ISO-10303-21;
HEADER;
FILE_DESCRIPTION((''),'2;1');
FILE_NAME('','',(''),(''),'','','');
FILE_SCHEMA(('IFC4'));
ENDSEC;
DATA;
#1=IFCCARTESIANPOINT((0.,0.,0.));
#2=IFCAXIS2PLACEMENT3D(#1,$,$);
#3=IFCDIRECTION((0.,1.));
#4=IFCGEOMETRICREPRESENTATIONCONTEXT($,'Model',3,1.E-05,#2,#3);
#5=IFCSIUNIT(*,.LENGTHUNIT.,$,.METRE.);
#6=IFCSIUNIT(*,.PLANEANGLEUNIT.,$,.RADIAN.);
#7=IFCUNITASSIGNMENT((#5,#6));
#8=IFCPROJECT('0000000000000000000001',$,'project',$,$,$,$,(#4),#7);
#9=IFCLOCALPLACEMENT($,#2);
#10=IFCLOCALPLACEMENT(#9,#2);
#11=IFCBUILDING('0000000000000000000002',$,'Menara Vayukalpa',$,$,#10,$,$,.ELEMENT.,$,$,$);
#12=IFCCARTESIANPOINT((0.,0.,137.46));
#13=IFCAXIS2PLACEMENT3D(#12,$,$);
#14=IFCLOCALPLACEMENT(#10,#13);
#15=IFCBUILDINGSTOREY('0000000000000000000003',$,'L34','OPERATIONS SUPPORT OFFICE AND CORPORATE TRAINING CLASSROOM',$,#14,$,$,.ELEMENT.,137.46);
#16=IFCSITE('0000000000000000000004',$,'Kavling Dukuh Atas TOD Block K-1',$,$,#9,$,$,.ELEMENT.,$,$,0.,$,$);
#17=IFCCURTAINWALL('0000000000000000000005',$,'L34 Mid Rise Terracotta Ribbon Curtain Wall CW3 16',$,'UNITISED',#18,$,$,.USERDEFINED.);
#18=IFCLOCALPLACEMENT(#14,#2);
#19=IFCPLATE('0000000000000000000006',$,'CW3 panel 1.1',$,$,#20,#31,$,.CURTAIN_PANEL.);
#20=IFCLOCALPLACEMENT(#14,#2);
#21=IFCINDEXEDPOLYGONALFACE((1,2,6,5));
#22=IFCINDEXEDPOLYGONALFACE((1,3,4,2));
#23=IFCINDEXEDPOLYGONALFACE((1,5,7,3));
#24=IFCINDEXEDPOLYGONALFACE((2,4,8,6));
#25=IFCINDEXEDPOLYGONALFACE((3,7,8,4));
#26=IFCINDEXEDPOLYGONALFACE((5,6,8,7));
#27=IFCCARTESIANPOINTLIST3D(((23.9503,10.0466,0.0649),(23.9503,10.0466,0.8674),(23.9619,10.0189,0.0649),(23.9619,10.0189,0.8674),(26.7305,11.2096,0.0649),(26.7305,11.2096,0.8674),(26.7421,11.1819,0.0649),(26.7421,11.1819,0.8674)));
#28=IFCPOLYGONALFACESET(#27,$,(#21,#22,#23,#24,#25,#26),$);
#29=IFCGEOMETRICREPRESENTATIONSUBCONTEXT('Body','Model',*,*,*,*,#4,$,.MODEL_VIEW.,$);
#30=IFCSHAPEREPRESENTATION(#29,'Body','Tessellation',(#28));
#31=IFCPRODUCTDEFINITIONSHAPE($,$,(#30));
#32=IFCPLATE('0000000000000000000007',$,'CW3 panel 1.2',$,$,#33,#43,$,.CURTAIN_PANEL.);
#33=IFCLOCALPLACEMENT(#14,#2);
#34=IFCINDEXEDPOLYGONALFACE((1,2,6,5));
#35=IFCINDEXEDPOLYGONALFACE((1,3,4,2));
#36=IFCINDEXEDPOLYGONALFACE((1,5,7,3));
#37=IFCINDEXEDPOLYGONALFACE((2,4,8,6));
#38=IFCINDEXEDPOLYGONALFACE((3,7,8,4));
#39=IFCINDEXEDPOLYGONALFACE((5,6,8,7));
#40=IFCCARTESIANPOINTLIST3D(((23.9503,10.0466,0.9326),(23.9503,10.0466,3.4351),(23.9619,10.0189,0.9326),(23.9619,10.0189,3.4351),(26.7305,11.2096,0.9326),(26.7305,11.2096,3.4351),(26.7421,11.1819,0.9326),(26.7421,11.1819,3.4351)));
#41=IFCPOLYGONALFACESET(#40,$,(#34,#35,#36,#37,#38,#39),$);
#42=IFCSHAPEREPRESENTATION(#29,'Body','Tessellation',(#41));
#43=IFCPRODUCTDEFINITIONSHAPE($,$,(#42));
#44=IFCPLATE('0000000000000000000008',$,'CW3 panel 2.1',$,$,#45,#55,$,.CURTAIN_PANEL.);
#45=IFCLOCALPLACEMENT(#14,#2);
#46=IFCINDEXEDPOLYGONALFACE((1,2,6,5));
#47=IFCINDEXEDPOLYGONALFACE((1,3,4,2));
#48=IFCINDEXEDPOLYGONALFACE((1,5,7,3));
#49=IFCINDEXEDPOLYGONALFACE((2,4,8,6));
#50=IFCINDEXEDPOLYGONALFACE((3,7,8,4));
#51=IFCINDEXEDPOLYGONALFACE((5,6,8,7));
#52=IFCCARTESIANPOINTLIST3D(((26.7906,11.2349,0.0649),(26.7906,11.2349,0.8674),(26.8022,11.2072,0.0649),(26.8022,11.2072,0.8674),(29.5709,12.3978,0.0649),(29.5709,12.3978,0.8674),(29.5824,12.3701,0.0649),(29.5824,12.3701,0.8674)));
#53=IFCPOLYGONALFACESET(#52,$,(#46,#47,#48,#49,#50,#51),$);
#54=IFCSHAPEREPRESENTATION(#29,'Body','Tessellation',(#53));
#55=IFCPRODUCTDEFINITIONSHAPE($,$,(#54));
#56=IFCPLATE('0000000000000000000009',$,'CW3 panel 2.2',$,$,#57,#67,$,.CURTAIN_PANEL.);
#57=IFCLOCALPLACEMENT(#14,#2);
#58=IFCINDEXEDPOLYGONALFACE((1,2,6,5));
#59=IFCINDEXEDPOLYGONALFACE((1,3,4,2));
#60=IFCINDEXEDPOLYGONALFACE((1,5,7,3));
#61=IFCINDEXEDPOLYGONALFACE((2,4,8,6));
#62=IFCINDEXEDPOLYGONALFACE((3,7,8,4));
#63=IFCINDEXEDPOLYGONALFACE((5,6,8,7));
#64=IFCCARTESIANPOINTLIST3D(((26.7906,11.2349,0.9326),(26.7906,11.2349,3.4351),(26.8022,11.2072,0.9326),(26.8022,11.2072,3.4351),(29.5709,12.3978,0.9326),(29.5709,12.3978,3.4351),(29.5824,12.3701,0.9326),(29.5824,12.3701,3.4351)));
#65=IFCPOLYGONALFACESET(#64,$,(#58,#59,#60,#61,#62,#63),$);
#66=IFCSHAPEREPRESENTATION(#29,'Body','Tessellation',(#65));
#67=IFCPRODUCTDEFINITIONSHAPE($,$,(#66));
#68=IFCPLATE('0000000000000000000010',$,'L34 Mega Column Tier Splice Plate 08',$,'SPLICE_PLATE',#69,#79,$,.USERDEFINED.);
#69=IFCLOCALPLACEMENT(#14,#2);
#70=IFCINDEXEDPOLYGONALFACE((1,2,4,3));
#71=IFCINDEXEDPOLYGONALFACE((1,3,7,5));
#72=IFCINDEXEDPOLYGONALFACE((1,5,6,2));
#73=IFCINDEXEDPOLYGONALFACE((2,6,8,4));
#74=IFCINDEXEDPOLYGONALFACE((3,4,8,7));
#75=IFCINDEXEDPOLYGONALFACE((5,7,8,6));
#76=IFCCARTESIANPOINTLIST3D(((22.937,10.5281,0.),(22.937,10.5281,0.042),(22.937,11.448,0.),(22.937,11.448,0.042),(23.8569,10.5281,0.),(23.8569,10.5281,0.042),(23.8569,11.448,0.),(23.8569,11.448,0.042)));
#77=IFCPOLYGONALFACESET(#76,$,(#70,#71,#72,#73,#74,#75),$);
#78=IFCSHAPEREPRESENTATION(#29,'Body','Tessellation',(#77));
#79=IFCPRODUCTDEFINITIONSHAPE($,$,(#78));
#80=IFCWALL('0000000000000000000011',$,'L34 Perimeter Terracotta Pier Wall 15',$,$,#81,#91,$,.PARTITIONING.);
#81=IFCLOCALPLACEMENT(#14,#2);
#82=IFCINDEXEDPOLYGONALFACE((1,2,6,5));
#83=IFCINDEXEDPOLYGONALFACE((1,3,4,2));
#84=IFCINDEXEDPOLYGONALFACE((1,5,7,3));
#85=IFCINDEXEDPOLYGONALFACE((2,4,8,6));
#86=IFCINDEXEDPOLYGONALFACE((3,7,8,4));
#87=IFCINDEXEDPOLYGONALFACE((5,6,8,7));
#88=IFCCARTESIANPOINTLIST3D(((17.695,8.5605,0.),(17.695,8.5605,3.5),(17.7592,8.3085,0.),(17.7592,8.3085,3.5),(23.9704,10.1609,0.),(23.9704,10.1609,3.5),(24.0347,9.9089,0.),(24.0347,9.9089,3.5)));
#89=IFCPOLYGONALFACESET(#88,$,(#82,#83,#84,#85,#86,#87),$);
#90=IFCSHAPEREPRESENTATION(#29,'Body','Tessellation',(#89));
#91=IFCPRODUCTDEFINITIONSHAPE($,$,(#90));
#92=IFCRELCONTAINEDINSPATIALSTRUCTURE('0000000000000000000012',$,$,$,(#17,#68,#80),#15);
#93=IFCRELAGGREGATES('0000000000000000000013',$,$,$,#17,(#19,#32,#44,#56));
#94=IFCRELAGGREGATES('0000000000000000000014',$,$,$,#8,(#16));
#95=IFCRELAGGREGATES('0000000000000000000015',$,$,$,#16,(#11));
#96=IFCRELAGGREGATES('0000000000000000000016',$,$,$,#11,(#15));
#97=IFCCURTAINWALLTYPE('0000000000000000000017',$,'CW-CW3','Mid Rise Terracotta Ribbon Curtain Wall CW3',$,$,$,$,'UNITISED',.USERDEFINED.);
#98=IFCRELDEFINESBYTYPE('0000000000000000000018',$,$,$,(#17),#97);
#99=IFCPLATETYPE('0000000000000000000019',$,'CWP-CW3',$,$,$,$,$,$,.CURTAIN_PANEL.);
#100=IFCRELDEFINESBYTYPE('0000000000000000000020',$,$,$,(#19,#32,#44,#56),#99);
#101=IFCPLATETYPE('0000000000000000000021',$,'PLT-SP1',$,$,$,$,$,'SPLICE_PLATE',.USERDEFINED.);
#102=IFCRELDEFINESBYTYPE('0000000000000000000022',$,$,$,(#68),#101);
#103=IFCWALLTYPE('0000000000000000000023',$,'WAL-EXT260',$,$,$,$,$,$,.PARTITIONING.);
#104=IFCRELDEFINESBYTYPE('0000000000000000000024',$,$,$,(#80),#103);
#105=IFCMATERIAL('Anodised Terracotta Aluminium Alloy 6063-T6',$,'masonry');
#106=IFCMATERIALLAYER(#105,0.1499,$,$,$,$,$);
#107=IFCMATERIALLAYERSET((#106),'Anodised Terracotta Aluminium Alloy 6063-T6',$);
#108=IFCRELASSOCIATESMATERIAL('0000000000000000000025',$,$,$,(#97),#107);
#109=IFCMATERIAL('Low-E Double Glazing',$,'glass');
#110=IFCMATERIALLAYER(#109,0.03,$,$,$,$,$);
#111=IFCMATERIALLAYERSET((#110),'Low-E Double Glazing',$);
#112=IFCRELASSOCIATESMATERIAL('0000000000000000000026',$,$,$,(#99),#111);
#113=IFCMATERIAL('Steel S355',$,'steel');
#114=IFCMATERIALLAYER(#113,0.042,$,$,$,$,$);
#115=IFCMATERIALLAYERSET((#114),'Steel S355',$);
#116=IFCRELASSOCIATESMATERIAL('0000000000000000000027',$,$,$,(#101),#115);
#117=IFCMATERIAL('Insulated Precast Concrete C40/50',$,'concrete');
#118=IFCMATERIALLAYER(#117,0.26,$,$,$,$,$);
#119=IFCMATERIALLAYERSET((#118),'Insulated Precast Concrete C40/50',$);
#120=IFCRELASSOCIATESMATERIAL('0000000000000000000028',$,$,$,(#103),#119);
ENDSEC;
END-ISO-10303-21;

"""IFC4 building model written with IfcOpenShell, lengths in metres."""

from ifc_helpers import new_model, si_unit, direction, frame, frame_2d, origin, origin_2d, place, context, subcontext, project, spatial, rectangle, extrude, material, layer, layer_set, type_object, element, aggregate, save


model = new_model("IFC4")

# Units and contexts
model_context = context("Model", 3, precision=1e-05, world=origin(), true_north=direction((0.0, 1.0)))
body_context = subcontext(model_context, "Body", "Model", "MODEL_VIEW")
ifc_project = project(units=[si_unit("LENGTHUNIT", "METRE"), si_unit("PLANEANGLEUNIT", "RADIAN")], contexts=[model_context])

# Site, building, storey
site_placement = place(None, origin())
site = spatial("IfcSite", under=ifc_project, at=site_placement, Name="Kavling Dukuh Atas TOD Block K-1", CompositionType="ELEMENT", RefElevation=0.0)
building_placement = place(site_placement, origin())
building = spatial("IfcBuilding", under=site, at=building_placement, Name="Menara Vayukalpa", CompositionType="ELEMENT")
storey_placement = place(building_placement, frame((0.0, 0.0, 137.46)))
storey = spatial("IfcBuildingStorey", under=building, at=storey_placement, Name="L34", Description="OPERATIONS SUPPORT OFFICE AND CORPORATE TRAINING CLASSROOM", CompositionType="ELEMENT", Elevation=137.46)

# Curtain wall, plates
ifc_material_1 = material(Name="Anodised Terracotta Aluminium Alloy 6063-T6", Category="masonry")
ifc_layer_1 = layer(ifc_material_1, 0.1499)
ifc_layer_set_1 = layer_set([ifc_layer_1], Name="Anodised Terracotta Aluminium Alloy 6063-T6")
curtain_wall_type = type_object("IfcCurtainWallType", Name="CW-CW3", Description="Mid Rise Terracotta Ribbon Curtain Wall CW3", ElementType="UNITISED", PredefinedType="USERDEFINED", material=ifc_layer_set_1)
curtain_wall_placement = place(storey_placement, origin())
curtain_wall = element("IfcCurtainWall", 1, at=curtain_wall_placement, inside=storey, type_object=curtain_wall_type, Name="L34 Mid Rise Terracotta Ribbon Curtain Wall CW3 16", ObjectType="UNITISED", PredefinedType="USERDEFINED")
ifc_material_2 = material(Name="Low-E Double Glazing", Category="glass")
ifc_layer_2 = layer(ifc_material_2, 0.03)
ifc_layer_set_2 = layer_set([ifc_layer_2], Name="Low-E Double Glazing")
plate_type_1 = type_object("IfcPlateType", Name="CWP-CW3", PredefinedType="CURTAIN_PANEL", material=ifc_layer_set_2)
plate_1_placement = place(storey_placement, frame((25.3462, 10.6143, 0.0649), z_axis=(0.0, 0.0, 1.0), x_axis=(0.922546, 0.385886, 0.0)))
plate_1 = element("IfcPlate", 2, at=plate_1_placement, type_object=plate_type_1, Name="CW3 panel 1.1", PredefinedType="CURTAIN_PANEL", context=body_context, shape_type="SweptSolid", body=[
    extrude(rectangle(XDim=3.0137, YDim=0.03, at=origin_2d()), origin(), (0.0, 0.0, 1.0), 0.8025),
])
plate_2_placement = place(storey_placement, frame((25.3462, 10.6143, 0.9326), z_axis=(0.0, 0.0, 1.0), x_axis=(0.922546, 0.385886, 0.0)))
plate_2 = element("IfcPlate", 3, at=plate_2_placement, type_object=plate_type_1, Name="CW3 panel 1.2", PredefinedType="CURTAIN_PANEL", context=body_context, shape_type="SweptSolid", body=[
    extrude(rectangle(XDim=3.0137, YDim=0.03, at=origin_2d()), origin(), (0.0, 0.0, 1.0), 2.5024),
])
plate_3_placement = place(storey_placement, frame((28.1865, 11.8025, 0.0649), z_axis=(0.0, 0.0, 1.0), x_axis=(0.922546, 0.385886, 0.0)))
plate_3 = element("IfcPlate", 4, at=plate_3_placement, type_object=plate_type_1, Name="CW3 panel 2.1", PredefinedType="CURTAIN_PANEL", context=body_context, shape_type="SweptSolid", body=[
    extrude(rectangle(XDim=3.0137, YDim=0.03, at=origin_2d()), origin(), (0.0, 0.0, 1.0), 0.8025),
])
plate_4_placement = place(storey_placement, frame((28.1865, 11.8025, 0.9326), z_axis=(0.0, 0.0, 1.0), x_axis=(0.922546, 0.385886, 0.0)))
plate_4 = element("IfcPlate", 5, at=plate_4_placement, type_object=plate_type_1, Name="CW3 panel 2.2", PredefinedType="CURTAIN_PANEL", context=body_context, shape_type="SweptSolid", body=[
    extrude(rectangle(XDim=3.0137, YDim=0.03, at=origin_2d()), origin(), (0.0, 0.0, 1.0), 2.5024),
])
aggregate(curtain_wall, [plate_1, plate_2, plate_3, plate_4])

# Plate
ifc_material_3 = material(Name="Steel S355", Category="steel")
ifc_layer_3 = layer(ifc_material_3, 0.042)
ifc_layer_set_3 = layer_set([ifc_layer_3], Name="Steel S355")
plate_type_2 = type_object("IfcPlateType", Name="PLT-SP1", ElementType="SPLICE_PLATE", PredefinedType="USERDEFINED", material=ifc_layer_set_3)
plate_5_placement = place(storey_placement, frame((23.397, 10.988, 0.0), z_axis=(0.0, 0.0, 1.0), x_axis=(1.0, 0.0, 0.0)))
element("IfcPlate", 6, at=plate_5_placement, inside=storey, type_object=plate_type_2, Name="L34 Mega Column Tier Splice Plate 08", ObjectType="SPLICE_PLATE", PredefinedType="USERDEFINED", context=body_context, shape_type="SweptSolid", body=[
    extrude(rectangle(XDim=0.9199, YDim=0.9199, at=origin_2d()), origin(), (0.0, 0.0, 1.0), 0.042),
])

# Wall
ifc_material_4 = material(Name="Insulated Precast Concrete C40/50", Category="concrete")
ifc_layer_4 = layer(ifc_material_4, 0.26)
ifc_layer_set_4 = layer_set([ifc_layer_4], Name="Insulated Precast Concrete C40/50")
wall_type = type_object("IfcWallType", Name="WAL-EXT260", PredefinedType="PARTITIONING", material=ifc_layer_set_4)
wall_placement = place(storey_placement, frame((24.0027, 10.0349, 0.0), z_axis=(0.0, 0.0, 1.0), x_axis=(-0.968987, -0.24711, 0.0)))
element("IfcWall", 7, at=wall_placement, inside=storey, type_object=wall_type, Name="L34 Perimeter Terracotta Pier Wall 15", PredefinedType="PARTITIONING", context=body_context, shape_type="SweptSolid", body=[
    extrude(rectangle(XDim=6.4763, YDim=0.26, at=frame_2d((3.2383, 0.0))), origin(), (0.0, 0.0, 1.0), 3.5),
])

save(model, "model.ifc")
